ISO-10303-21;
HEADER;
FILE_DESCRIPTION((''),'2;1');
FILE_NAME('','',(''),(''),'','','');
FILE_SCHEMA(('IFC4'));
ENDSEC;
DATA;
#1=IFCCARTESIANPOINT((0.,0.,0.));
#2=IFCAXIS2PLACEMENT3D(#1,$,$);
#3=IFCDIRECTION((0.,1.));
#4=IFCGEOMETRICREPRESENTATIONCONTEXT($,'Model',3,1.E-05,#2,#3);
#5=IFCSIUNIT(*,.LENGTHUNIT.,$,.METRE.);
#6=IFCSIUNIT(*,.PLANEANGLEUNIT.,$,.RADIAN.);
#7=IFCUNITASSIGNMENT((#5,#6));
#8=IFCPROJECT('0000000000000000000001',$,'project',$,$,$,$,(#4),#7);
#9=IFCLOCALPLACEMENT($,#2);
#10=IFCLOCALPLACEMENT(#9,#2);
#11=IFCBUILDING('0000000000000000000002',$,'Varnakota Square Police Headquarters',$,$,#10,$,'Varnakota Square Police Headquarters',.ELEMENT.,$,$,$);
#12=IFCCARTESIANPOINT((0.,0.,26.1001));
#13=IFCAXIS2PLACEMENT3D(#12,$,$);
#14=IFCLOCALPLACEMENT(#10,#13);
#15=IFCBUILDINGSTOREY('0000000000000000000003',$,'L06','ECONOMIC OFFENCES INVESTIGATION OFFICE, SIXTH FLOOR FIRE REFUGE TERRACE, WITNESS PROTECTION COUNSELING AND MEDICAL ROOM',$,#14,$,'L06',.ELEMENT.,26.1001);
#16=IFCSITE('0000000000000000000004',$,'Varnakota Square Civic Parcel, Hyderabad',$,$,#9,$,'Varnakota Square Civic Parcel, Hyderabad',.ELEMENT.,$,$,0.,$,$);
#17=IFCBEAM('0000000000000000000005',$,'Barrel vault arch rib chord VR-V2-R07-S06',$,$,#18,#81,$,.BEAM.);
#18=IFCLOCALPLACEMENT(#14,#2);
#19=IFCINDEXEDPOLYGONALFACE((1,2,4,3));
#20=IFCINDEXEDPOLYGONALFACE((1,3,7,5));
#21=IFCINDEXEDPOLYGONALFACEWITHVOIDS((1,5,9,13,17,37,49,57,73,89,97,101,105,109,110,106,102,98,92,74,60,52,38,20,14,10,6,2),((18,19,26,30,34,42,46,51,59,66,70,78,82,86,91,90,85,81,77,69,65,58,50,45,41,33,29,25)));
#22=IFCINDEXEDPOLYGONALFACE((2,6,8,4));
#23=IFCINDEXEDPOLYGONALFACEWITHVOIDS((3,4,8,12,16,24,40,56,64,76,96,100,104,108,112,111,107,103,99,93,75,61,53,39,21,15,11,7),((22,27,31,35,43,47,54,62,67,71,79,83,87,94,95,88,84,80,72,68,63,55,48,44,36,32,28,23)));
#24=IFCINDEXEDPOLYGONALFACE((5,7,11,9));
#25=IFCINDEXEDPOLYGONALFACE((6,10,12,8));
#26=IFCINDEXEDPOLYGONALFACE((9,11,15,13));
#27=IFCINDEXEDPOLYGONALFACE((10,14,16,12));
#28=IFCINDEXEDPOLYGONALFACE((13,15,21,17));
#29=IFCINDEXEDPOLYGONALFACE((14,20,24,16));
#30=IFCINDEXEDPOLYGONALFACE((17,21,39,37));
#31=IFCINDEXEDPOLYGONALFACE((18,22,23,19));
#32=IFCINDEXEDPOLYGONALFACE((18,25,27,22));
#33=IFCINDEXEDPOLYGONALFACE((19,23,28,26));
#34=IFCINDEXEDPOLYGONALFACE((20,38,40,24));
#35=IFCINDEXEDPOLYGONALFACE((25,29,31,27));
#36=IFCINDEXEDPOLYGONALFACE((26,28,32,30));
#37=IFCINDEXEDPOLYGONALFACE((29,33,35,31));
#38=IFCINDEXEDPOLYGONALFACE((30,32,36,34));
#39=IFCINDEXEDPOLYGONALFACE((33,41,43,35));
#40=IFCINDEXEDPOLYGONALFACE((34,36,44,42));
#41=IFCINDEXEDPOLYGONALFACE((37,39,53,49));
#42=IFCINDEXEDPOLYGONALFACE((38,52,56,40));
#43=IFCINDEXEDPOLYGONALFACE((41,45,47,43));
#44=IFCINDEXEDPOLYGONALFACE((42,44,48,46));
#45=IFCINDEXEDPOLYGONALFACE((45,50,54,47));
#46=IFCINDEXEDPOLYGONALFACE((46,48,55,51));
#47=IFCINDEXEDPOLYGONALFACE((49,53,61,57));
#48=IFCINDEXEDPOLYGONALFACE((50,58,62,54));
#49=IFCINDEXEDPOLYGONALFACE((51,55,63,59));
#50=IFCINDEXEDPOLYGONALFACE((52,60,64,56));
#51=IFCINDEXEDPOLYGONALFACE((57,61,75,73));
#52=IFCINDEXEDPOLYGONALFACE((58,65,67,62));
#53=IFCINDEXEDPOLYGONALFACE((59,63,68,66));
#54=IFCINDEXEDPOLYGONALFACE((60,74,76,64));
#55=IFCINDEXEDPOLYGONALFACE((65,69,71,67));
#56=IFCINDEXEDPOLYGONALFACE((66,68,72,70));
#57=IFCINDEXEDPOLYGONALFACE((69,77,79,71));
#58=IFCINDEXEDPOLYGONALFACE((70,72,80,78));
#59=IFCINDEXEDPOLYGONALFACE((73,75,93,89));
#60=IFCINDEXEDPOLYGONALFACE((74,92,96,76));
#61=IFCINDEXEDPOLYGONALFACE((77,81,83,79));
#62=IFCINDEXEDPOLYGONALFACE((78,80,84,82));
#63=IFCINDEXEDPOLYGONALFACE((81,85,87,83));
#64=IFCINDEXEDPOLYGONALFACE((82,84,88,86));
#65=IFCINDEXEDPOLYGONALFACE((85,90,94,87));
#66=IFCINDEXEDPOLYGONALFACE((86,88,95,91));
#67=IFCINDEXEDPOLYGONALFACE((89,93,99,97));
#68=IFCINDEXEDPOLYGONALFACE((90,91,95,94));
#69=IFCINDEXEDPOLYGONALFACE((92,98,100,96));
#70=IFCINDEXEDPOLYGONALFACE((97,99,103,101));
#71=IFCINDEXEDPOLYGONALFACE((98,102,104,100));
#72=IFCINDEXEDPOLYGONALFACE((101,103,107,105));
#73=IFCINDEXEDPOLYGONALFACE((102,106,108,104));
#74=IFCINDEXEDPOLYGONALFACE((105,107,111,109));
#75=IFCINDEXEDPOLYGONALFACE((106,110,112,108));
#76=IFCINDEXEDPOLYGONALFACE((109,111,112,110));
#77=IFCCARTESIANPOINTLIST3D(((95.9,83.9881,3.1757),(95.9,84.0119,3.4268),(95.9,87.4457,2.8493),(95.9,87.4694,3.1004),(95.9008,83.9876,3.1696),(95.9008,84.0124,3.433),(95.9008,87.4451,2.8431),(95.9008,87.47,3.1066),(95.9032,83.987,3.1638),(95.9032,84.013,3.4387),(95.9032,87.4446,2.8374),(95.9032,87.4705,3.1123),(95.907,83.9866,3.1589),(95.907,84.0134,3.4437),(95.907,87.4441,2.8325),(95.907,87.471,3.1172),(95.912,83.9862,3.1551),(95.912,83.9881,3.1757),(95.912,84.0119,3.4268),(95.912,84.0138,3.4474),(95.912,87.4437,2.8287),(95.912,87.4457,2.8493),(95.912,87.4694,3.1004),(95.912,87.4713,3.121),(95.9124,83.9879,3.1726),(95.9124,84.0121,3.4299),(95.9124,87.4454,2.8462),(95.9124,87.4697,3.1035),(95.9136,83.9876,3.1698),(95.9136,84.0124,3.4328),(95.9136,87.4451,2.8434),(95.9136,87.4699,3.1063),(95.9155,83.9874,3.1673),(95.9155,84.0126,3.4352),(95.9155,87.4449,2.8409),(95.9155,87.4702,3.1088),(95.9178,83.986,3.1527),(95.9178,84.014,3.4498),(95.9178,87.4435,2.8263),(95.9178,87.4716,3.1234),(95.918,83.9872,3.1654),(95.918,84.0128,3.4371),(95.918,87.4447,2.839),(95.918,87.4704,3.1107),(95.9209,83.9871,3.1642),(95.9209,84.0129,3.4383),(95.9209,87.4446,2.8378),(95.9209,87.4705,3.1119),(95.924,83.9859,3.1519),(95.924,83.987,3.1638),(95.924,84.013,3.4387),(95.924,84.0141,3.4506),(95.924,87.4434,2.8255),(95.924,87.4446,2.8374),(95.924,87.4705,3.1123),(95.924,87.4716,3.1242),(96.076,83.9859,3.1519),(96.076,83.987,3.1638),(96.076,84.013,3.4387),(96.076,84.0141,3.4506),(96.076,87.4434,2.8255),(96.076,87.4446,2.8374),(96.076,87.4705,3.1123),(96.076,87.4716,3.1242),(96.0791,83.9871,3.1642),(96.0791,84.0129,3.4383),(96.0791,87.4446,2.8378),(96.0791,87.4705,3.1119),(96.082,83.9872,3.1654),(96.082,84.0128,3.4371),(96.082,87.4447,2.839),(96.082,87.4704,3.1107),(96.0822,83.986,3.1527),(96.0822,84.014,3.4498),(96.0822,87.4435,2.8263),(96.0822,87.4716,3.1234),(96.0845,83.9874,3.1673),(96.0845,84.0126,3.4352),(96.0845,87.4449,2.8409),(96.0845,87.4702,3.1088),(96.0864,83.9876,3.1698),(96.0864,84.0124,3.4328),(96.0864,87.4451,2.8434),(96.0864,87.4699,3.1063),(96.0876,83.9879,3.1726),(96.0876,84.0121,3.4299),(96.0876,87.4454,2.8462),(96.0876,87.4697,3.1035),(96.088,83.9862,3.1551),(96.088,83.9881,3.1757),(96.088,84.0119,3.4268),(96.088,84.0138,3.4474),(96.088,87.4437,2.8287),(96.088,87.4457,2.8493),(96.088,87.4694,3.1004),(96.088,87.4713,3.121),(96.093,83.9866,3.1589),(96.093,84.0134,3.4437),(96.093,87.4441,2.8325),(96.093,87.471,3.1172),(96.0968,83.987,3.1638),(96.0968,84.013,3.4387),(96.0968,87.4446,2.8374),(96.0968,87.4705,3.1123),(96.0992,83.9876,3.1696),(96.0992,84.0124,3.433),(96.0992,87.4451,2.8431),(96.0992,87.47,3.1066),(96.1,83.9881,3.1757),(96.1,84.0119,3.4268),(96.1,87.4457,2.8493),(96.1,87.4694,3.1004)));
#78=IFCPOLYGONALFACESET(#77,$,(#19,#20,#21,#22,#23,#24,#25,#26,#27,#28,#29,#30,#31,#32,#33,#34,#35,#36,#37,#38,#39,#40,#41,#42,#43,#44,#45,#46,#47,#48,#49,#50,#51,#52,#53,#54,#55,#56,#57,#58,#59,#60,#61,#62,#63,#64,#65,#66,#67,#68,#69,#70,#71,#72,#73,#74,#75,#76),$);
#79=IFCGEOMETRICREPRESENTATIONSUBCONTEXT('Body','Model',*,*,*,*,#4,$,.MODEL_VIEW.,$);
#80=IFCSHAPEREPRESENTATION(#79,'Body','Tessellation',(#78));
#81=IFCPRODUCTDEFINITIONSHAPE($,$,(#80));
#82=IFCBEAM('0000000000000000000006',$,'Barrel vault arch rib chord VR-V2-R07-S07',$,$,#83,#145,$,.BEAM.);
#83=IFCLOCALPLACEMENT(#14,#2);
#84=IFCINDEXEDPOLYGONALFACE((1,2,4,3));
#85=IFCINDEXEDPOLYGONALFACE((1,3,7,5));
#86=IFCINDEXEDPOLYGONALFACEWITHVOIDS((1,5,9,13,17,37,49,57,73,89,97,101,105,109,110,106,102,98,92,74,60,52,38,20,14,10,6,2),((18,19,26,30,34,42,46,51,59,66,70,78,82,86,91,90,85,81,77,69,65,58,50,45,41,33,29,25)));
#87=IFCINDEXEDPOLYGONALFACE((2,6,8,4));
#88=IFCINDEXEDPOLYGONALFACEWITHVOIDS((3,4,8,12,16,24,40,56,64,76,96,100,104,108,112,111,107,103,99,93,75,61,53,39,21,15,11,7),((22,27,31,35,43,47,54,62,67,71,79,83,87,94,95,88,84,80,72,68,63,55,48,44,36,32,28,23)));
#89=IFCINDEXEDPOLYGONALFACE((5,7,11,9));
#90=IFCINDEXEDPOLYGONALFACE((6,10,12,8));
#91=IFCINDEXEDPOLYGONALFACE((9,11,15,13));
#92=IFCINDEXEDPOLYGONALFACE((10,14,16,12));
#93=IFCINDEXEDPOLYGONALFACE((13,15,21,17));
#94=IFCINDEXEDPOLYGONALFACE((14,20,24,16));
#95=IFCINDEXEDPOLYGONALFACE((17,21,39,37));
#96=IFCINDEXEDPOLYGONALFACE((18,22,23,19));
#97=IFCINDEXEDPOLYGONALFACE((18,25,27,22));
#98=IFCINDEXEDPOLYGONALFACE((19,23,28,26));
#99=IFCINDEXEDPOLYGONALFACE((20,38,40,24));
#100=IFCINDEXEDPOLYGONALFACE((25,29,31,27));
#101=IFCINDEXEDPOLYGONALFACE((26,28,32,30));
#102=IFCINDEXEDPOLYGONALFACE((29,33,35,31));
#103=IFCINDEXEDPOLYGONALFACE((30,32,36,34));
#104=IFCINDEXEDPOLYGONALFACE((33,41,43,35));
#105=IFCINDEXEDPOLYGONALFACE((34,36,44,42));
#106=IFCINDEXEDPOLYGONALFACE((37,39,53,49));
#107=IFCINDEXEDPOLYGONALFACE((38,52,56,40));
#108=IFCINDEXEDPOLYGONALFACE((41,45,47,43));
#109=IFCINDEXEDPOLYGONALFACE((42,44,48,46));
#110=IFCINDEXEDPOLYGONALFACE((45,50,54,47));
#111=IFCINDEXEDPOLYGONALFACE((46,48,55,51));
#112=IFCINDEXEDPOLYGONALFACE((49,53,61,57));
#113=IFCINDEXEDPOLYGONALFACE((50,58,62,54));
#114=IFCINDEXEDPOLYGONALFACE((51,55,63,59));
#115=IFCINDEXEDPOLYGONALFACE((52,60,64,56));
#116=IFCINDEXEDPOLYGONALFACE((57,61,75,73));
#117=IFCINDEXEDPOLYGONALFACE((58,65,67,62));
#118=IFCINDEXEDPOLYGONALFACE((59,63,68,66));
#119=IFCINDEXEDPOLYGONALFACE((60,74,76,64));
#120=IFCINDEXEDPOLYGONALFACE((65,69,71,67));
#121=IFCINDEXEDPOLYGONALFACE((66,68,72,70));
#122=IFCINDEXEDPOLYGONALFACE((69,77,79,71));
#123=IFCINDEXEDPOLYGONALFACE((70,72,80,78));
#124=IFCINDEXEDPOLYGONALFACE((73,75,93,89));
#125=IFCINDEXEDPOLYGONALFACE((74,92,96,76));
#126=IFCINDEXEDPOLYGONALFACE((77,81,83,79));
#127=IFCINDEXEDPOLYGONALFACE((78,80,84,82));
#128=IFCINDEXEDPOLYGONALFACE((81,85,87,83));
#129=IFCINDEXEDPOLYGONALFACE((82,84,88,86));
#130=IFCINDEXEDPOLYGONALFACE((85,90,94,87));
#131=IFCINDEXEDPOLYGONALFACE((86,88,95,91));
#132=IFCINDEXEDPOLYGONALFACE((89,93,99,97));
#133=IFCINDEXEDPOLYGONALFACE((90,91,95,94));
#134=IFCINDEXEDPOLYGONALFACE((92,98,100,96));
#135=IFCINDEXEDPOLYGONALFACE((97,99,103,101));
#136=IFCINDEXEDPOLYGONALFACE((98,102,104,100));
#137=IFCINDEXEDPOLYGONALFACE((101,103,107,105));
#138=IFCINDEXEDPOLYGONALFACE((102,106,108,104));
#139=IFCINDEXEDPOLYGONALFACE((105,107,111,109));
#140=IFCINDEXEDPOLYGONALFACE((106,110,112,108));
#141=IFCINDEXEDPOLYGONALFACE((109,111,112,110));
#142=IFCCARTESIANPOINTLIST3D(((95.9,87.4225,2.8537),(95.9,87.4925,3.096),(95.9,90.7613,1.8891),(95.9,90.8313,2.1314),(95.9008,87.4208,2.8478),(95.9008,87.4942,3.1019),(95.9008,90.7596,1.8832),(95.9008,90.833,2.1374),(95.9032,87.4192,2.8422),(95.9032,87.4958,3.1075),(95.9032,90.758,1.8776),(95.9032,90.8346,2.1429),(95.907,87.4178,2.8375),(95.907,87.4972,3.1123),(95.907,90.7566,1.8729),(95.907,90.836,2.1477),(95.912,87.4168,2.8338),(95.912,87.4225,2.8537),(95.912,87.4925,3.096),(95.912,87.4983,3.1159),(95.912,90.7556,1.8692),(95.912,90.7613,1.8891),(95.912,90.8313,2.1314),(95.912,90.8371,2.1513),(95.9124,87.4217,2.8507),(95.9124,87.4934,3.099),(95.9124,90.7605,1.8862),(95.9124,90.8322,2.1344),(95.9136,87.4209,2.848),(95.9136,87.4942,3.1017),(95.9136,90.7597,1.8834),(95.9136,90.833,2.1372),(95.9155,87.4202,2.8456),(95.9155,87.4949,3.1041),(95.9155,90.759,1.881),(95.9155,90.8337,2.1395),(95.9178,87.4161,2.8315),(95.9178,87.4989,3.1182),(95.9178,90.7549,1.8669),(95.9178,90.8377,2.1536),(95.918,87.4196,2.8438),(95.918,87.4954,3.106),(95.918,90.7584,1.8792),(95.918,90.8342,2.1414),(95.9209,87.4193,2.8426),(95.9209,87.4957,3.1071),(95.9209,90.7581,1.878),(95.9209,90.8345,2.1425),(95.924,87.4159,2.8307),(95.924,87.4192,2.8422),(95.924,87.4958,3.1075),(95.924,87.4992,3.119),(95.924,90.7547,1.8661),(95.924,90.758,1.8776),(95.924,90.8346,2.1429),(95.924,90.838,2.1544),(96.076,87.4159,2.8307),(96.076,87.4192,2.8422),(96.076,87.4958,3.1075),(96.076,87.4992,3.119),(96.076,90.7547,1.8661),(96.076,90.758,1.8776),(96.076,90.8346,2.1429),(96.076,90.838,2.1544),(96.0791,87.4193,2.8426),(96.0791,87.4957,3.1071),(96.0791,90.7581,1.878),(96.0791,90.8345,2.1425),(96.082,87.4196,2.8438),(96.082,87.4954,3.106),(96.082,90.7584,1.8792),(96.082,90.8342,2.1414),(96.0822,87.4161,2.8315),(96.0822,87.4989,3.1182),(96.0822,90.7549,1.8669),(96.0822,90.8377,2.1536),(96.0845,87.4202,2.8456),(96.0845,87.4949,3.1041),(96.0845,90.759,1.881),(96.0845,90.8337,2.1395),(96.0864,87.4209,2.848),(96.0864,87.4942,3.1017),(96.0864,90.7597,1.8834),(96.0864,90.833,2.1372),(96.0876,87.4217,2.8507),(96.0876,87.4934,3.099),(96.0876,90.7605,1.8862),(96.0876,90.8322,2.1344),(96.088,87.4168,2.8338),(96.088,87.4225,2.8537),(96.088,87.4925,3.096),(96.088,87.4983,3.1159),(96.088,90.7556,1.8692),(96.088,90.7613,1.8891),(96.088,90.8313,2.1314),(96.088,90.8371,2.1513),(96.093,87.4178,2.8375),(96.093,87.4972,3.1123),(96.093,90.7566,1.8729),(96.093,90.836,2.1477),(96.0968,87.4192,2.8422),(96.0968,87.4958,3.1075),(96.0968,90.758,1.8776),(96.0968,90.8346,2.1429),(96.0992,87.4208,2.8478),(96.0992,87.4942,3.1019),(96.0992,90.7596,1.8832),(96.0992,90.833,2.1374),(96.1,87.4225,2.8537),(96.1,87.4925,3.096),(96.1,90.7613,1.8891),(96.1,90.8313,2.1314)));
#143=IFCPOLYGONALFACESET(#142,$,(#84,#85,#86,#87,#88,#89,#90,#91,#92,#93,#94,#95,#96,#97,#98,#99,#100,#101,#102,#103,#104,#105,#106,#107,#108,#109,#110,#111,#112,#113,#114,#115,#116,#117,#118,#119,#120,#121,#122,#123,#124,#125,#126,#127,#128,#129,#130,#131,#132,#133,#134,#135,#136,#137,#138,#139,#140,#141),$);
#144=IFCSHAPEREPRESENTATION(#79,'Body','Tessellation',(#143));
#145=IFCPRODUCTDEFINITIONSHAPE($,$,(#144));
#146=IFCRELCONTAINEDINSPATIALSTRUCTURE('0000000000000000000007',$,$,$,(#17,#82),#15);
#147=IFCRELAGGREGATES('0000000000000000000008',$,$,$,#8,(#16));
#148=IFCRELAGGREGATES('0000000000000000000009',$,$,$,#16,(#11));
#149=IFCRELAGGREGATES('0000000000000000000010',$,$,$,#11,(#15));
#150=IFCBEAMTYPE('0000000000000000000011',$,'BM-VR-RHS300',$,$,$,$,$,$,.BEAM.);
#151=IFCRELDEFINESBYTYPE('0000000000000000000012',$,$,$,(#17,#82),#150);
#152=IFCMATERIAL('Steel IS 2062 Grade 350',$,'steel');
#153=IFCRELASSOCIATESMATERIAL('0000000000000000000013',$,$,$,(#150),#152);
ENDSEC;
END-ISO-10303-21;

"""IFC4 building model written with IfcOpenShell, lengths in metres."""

from ifc_helpers import new_model, si_unit, direction, frame, origin, origin_2d, place, context, subcontext, project, spatial, hollow_rectangle, extrude, material, material_profile, profile_set, type_object, element, save


model = new_model("IFC4")

# Units and contexts
model_context = context("Model", 3, precision=1e-05, world=origin(), true_north=direction((0.0, 1.0)))
body_context = subcontext(model_context, "Body", "Model", "MODEL_VIEW")
ifc_project = project(units=[si_unit("LENGTHUNIT", "METRE"), si_unit("PLANEANGLEUNIT", "RADIAN")], contexts=[model_context])

# Site, building, storey
site_placement = place(None, origin())
site = spatial("IfcSite", under=ifc_project, at=site_placement, Name="Varnakota Square Civic Parcel, Hyderabad", LongName="Varnakota Square Civic Parcel, Hyderabad", CompositionType="ELEMENT", RefElevation=0.0)
building_placement = place(site_placement, origin())
building = spatial("IfcBuilding", under=site, at=building_placement, Name="Varnakota Square Police Headquarters", LongName="Varnakota Square Police Headquarters", CompositionType="ELEMENT")
storey_placement = place(building_placement, frame((0.0, 0.0, 26.1001)))
storey = spatial("IfcBuildingStorey", under=building, at=storey_placement, Name="L06", Description="ECONOMIC OFFENCES INVESTIGATION OFFICE, SIXTH FLOOR FIRE REFUGE TERRACE, WITNESS PROTECTION COUNSELING AND MEDICAL ROOM", LongName="L06", CompositionType="ELEMENT", Elevation=26.1001)

# Beams
ifc_material_1 = material(Name="Steel IS 2062 Grade 350", Category="steel")
ifc_material_profile_1 = material_profile(ifc_material_1, hollow_rectangle(XDim=0.2, YDim=0.3, WallThickness=0.012, InnerFilletRadius=0.012, OuterFilletRadius=0.0239, at=origin_2d()), Name="RHS 300x200x12")
ifc_profile_set_1 = profile_set([ifc_material_profile_1], Name="Steel IS 2062 Grade 350")
beam_type = type_object("IfcBeamType", Name="BM-VR-RHS300", PredefinedType="BEAM", material=ifc_profile_set_1)
for number, where, z_axis, x_axis, name in (
    (1, (96.0, 84.0, 3.3013), (0.0, 0.995573, -0.09399), (-1.0, 0.0, 0.0), "Barrel vault arch rib chord VR-V2-R07-S06"),
):
    element("IfcBeam", number, at=place(storey_placement, frame(where, z_axis=z_axis, x_axis=x_axis)), inside=storey, type_object=beam_type, Name=name, PredefinedType="BEAM", context=body_context, shape_type="SweptSolid", body=[
        extrude(hollow_rectangle(XDim=0.2, YDim=0.3, WallThickness=0.012, InnerFilletRadius=0.012, OuterFilletRadius=0.0239, at=origin_2d()), origin(), (0.0, 0.0, 1.0), 3.4729),
    ])
beam_1_placement = place(storey_placement, frame((96.0, 87.4575, 2.9749), z_axis=(0.0, 0.960711, -0.27755), x_axis=(-1.0, 0.0, 0.0)))
element("IfcBeam", 2, at=beam_1_placement, inside=storey, type_object=beam_type, Name="Barrel vault arch rib chord VR-V2-R07-S07", PredefinedType="BEAM", context=body_context, shape_type="SweptSolid", body=[
    extrude(hollow_rectangle(XDim=0.2, YDim=0.3, WallThickness=0.012, InnerFilletRadius=0.012, OuterFilletRadius=0.0239, at=origin_2d()), origin(), (0.0, 0.0, 1.0), 3.4753),
])

save(model, "model.ifc")
